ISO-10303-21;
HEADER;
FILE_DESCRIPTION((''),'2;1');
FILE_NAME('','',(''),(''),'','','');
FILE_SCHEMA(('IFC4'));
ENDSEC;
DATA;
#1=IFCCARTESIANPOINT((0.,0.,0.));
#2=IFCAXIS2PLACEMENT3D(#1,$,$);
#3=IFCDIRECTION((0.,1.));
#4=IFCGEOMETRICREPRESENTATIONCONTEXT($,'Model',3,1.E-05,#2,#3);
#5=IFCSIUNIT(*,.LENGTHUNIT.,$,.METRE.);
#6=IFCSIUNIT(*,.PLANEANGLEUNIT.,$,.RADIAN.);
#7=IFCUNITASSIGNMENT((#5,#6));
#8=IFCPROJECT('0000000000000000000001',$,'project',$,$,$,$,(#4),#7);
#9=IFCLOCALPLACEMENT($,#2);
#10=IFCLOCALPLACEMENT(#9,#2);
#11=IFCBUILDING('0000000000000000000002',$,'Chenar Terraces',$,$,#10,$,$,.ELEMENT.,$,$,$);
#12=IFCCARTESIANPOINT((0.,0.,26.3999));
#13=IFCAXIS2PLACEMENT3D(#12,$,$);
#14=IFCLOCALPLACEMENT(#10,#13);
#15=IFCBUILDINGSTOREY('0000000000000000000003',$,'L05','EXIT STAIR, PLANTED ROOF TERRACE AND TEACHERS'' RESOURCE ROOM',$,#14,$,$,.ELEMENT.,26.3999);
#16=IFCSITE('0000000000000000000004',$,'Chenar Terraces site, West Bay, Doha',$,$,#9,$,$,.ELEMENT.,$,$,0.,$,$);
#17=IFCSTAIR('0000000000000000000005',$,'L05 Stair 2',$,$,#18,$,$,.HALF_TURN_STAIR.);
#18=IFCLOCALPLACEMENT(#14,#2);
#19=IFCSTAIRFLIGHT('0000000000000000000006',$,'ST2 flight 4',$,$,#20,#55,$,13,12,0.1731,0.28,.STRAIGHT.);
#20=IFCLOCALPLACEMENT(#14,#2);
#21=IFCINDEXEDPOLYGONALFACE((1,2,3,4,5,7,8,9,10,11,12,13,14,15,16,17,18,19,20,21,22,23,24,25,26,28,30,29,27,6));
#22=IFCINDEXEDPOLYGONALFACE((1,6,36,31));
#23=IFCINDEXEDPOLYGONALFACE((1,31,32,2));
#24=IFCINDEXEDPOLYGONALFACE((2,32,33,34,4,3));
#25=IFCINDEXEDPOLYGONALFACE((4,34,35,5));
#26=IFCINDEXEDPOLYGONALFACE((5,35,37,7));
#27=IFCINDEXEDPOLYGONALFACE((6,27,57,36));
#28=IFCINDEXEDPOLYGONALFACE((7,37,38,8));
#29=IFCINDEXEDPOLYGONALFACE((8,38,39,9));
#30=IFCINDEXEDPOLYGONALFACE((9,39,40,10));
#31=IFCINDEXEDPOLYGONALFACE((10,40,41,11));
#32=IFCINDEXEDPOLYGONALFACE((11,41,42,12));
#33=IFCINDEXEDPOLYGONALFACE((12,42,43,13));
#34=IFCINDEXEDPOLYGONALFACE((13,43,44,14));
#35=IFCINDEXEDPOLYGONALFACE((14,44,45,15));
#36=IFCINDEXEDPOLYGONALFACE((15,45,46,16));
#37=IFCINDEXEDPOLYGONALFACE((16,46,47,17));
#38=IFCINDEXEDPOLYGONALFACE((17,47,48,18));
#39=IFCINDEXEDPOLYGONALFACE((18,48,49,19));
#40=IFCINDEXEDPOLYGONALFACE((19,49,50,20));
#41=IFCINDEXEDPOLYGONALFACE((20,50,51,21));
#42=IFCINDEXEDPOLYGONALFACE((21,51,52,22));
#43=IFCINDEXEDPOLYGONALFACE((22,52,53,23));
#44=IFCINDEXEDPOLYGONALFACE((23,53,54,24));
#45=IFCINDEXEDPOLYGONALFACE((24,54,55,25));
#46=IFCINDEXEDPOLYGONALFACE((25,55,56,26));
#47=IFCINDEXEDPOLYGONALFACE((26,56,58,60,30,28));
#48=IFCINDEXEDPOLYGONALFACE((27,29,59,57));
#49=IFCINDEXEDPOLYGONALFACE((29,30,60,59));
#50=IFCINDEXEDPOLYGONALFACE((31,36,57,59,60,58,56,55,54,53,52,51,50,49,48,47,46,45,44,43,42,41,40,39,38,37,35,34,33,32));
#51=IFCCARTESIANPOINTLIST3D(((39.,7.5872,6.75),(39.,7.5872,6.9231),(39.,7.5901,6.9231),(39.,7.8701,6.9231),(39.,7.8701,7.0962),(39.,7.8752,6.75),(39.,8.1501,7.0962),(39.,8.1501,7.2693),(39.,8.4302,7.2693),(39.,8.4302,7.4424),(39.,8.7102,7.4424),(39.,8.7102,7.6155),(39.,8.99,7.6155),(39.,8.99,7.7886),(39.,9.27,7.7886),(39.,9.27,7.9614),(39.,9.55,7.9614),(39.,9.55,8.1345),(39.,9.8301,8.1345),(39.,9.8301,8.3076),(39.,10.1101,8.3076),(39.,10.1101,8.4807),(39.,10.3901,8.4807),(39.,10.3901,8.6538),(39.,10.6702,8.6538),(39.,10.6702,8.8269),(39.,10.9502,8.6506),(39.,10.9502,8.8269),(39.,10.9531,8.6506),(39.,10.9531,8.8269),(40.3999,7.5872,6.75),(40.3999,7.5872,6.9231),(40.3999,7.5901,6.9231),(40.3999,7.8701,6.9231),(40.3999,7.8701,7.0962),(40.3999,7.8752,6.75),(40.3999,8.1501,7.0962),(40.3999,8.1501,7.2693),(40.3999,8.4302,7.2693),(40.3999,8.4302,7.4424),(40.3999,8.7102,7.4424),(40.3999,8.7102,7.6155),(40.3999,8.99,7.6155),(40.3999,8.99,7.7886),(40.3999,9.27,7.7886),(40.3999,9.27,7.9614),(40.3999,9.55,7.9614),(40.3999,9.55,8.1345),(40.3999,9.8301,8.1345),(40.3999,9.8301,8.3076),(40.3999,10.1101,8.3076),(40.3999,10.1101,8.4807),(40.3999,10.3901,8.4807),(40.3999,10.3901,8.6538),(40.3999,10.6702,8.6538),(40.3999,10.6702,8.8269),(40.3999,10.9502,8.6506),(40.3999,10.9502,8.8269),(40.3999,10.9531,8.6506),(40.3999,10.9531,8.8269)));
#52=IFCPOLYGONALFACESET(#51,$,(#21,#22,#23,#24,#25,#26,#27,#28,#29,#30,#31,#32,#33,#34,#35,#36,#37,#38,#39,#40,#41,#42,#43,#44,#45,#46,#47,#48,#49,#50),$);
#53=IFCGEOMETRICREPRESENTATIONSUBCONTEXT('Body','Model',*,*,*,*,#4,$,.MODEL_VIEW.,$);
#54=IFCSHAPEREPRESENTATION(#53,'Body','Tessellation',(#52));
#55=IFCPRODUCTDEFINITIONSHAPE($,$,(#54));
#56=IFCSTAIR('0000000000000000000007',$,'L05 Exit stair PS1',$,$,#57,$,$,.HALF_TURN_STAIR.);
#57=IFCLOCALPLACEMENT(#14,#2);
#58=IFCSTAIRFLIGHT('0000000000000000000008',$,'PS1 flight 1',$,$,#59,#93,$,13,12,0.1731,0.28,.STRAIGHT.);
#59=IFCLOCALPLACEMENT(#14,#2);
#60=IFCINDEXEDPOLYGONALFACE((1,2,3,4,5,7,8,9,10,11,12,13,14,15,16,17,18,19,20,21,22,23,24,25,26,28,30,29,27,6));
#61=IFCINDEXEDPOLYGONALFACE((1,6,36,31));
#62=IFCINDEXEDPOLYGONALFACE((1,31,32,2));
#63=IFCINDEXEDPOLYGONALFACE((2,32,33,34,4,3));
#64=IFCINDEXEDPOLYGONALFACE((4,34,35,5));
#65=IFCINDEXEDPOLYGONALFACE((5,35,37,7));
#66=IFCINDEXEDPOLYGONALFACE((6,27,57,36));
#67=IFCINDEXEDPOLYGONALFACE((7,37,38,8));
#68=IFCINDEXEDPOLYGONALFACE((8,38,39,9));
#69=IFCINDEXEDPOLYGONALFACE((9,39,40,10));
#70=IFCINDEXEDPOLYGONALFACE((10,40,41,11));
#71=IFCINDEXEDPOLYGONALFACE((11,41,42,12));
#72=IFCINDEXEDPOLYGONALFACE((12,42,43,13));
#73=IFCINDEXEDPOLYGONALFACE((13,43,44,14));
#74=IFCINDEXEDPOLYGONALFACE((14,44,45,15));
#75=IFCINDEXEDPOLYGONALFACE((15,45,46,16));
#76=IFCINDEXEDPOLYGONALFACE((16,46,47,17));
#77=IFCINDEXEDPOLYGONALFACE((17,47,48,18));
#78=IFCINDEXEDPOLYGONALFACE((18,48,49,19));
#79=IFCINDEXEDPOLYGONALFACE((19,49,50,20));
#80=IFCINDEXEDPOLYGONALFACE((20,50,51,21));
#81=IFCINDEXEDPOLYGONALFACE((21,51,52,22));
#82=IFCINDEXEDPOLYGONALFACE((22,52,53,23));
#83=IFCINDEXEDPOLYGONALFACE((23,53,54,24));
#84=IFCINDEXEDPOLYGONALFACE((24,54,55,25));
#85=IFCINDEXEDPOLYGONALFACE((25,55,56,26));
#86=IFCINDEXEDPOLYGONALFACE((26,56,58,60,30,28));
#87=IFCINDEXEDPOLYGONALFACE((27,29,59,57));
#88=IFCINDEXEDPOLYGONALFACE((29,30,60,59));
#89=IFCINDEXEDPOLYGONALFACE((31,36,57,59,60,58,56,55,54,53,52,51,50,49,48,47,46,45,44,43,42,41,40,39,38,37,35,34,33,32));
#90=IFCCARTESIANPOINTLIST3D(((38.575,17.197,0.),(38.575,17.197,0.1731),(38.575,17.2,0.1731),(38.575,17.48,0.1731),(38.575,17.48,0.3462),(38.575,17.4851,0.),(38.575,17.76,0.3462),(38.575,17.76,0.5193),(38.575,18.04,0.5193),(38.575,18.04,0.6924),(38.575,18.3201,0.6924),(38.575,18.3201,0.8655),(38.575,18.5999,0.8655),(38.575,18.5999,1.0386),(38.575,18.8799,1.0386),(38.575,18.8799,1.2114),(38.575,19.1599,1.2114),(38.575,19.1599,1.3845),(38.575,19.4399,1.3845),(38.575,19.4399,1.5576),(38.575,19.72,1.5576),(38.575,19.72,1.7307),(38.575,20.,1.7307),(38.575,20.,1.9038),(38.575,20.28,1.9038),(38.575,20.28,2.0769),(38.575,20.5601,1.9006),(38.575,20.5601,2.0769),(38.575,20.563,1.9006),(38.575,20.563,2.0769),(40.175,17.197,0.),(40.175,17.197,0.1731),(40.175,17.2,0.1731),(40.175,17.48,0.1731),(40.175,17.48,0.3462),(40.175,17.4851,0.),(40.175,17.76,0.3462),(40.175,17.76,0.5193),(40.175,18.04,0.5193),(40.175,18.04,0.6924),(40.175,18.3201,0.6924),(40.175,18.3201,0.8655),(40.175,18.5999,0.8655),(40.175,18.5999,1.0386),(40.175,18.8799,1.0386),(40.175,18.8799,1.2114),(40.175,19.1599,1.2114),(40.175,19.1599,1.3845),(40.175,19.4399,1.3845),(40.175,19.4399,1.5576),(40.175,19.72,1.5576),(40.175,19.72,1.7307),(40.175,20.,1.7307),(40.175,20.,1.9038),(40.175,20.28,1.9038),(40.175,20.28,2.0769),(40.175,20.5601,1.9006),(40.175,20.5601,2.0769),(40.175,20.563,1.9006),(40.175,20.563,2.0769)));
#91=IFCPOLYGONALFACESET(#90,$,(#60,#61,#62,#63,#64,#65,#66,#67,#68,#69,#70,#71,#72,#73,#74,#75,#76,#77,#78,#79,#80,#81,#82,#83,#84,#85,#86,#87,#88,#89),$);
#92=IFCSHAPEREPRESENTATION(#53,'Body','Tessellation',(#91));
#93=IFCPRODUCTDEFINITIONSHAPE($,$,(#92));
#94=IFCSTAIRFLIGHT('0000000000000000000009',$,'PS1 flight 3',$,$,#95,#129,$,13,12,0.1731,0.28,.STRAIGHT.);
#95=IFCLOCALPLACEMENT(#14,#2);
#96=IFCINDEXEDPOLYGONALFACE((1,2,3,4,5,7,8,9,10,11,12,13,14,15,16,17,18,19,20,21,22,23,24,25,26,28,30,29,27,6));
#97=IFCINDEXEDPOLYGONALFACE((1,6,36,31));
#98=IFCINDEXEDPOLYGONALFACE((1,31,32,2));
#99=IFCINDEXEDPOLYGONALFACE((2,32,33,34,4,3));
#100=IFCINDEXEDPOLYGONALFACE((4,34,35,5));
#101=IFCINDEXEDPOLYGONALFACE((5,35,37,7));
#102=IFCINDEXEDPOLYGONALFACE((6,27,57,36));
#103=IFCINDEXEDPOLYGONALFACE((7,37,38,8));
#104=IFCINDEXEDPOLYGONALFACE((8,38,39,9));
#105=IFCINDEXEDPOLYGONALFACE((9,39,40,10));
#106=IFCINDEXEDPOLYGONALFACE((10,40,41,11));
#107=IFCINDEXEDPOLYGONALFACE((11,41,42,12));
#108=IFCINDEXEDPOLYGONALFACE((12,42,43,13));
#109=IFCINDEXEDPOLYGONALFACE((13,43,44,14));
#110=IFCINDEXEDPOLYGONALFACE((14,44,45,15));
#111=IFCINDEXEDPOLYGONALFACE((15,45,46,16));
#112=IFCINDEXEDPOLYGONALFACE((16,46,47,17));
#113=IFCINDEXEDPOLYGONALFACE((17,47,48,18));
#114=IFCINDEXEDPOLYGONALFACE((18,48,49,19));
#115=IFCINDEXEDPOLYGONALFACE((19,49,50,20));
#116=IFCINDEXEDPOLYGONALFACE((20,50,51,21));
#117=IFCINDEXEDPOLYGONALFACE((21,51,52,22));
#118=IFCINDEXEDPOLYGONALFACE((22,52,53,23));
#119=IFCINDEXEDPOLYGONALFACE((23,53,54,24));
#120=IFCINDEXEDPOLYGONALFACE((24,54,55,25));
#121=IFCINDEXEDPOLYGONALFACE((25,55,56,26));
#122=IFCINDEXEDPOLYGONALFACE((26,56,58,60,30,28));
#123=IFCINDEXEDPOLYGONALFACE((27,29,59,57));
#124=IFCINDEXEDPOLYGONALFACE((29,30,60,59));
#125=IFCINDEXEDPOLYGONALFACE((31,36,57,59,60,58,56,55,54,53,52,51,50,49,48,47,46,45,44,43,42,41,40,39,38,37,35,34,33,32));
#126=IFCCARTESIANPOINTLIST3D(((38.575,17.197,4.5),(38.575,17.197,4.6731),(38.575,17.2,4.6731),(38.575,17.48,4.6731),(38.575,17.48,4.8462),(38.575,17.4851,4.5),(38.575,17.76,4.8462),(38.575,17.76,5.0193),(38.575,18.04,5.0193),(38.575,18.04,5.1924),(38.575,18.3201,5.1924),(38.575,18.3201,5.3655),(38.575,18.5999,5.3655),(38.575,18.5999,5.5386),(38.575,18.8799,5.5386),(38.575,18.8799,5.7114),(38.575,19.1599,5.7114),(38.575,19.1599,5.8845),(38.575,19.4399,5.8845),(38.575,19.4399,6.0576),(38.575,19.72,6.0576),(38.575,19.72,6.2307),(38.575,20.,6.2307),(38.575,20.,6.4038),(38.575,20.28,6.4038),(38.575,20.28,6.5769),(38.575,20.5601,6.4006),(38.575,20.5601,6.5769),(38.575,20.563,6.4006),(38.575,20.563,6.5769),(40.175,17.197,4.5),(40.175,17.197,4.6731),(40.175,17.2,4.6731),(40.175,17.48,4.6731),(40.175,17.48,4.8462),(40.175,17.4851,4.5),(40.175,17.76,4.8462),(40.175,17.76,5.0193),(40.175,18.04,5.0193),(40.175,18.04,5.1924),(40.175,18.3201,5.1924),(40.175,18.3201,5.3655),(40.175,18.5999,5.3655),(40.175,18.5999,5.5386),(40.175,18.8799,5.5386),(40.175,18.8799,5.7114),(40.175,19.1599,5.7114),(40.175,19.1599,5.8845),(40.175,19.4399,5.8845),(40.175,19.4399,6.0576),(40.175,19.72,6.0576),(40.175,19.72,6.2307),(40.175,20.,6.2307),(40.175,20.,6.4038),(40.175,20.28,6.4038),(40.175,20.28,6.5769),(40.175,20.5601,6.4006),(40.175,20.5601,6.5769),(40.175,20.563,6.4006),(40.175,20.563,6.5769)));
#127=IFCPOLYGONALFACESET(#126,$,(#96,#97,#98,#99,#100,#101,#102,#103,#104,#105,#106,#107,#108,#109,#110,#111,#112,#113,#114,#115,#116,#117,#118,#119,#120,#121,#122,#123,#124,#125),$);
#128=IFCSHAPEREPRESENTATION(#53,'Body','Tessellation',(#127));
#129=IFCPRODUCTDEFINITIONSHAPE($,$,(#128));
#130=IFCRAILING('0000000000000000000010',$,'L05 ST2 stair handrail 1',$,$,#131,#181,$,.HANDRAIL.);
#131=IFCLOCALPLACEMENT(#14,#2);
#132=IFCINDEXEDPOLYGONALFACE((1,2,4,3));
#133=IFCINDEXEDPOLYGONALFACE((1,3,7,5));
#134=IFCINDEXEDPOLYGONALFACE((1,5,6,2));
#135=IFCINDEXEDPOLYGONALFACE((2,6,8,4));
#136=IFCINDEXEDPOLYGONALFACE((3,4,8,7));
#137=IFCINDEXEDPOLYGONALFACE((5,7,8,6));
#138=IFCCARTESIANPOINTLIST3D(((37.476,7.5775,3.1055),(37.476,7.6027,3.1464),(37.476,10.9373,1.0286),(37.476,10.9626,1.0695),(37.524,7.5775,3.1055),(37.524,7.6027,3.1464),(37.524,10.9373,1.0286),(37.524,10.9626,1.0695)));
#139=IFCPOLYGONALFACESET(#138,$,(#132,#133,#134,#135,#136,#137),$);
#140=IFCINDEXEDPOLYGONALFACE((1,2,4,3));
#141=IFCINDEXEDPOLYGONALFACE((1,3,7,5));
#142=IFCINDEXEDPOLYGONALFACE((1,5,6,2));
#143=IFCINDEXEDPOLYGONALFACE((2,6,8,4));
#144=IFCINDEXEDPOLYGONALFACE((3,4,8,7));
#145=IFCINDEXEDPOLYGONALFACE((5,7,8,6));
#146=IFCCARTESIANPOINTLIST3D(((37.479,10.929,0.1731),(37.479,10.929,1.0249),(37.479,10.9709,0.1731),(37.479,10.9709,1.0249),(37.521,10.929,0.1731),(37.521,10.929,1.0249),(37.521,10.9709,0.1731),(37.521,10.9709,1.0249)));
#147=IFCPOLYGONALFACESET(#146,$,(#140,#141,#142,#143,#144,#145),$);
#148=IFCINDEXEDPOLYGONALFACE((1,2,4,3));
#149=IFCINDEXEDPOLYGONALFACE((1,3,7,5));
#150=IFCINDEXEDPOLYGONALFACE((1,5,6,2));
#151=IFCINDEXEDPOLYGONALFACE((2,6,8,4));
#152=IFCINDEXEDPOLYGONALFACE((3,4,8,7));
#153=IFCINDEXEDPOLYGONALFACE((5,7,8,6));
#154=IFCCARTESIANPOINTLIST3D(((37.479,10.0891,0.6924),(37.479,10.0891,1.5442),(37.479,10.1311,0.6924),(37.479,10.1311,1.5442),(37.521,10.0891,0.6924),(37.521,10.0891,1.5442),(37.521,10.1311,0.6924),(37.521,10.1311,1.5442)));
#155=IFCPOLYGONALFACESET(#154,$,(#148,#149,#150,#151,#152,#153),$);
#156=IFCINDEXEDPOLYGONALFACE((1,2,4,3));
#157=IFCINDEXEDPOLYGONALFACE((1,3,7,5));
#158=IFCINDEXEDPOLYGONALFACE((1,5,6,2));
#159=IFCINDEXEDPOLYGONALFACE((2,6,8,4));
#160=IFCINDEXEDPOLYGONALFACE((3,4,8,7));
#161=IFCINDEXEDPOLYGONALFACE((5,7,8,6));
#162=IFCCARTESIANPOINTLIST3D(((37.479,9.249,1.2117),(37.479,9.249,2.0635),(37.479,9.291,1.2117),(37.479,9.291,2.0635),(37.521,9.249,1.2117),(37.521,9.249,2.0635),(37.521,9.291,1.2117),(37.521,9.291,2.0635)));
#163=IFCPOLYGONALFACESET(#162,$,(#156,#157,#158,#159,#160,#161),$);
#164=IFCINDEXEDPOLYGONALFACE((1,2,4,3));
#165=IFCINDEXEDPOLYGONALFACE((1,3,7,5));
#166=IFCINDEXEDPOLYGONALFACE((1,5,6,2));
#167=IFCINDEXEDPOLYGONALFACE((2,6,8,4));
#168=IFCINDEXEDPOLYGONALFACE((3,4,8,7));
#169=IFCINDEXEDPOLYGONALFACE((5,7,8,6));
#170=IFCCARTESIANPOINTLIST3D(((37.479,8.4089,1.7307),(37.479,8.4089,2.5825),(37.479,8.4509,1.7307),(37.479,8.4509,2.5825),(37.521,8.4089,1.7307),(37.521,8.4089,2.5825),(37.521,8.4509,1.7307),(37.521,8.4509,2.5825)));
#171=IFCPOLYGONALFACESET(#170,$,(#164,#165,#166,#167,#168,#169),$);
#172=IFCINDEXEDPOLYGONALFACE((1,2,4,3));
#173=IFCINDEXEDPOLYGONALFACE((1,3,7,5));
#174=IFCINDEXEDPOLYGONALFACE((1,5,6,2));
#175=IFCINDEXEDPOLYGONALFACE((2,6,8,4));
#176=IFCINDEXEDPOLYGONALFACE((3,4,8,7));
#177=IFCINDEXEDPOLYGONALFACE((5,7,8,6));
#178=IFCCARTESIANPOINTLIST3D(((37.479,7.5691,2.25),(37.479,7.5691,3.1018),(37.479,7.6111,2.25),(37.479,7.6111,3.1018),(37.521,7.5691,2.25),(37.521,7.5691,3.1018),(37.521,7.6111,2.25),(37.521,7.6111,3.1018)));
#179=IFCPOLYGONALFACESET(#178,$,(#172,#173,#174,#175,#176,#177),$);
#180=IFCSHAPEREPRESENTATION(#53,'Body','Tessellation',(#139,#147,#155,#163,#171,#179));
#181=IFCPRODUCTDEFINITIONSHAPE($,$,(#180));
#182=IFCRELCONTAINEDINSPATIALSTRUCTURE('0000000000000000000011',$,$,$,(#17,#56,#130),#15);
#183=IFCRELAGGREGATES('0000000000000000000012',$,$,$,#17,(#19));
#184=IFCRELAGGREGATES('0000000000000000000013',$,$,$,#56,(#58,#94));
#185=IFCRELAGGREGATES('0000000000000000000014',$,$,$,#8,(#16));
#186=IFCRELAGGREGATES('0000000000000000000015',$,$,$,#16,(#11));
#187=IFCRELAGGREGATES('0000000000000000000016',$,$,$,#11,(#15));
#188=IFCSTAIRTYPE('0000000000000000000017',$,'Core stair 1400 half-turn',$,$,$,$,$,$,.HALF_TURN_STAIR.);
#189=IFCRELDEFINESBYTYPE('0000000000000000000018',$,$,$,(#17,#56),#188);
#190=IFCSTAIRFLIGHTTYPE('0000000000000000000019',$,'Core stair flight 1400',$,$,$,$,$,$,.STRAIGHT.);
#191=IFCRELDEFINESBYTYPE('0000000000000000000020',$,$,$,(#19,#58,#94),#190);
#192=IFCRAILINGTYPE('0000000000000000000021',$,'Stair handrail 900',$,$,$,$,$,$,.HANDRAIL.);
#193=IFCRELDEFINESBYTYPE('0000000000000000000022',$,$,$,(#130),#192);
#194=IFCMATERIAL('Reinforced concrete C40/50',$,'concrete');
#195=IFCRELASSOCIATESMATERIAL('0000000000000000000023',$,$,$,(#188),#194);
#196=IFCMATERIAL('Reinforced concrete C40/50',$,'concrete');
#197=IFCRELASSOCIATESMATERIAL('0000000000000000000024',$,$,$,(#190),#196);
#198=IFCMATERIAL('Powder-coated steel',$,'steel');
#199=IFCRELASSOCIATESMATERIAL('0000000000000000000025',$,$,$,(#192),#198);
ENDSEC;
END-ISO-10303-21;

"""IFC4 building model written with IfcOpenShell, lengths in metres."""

from ifc_helpers import new_model, si_unit, direction, frame, origin, origin_2d, place, context, subcontext, project, spatial, polyline, rectangle, outline, extrude, material, type_object, element, aggregate, save


model = new_model("IFC4")

# Units and contexts
model_context = context("Model", 3, precision=1e-05, world=origin(), true_north=direction((0.0, 1.0)))
body_context = subcontext(model_context, "Body", "Model", "MODEL_VIEW")
ifc_project = project(units=[si_unit("LENGTHUNIT", "METRE"), si_unit("PLANEANGLEUNIT", "RADIAN")], contexts=[model_context])

# Site, building, storey
site_placement = place(None, origin())
site = spatial("IfcSite", under=ifc_project, at=site_placement, Name="Chenar Terraces site, West Bay, Doha", CompositionType="ELEMENT", RefElevation=0.0)
building_placement = place(site_placement, origin())
building = spatial("IfcBuilding", under=site, at=building_placement, Name="Chenar Terraces", CompositionType="ELEMENT")
storey_placement = place(building_placement, frame((0.0, 0.0, 26.3999)))
storey = spatial("IfcBuildingStorey", under=building, at=storey_placement, Name="L05", Description="EXIT STAIR, PLANTED ROOF TERRACE AND TEACHERS' RESOURCE ROOM", CompositionType="ELEMENT", Elevation=26.3999)

# Stairs, stair flights
ifc_material_1 = material(Name="Reinforced concrete C40/50", Category="concrete")
stair_type = type_object("IfcStairType", Name="Core stair 1400 half-turn", PredefinedType="HALF_TURN_STAIR", material=ifc_material_1)
placement = place(storey_placement, origin())
stair_1 = element("IfcStair", 1, at=placement, inside=storey, type_object=stair_type, Name="L05 Stair 2", PredefinedType="HALF_TURN_STAIR")
ifc_material_2 = material(Name="Reinforced concrete C40/50", Category="concrete")
stair_flight_type = type_object("IfcStairFlightType", Name="Core stair flight 1400", PredefinedType="STRAIGHT", material=ifc_material_2)
stair_flight_1_placement = place(storey_placement, frame((39.7, 7.5901, 6.75), z_axis=(0.0, 0.0, 1.0), x_axis=(0.0, 1.0, 0.0)))
stair_flight_1 = element("IfcStairFlight", 2, at=stair_flight_1_placement, type_object=stair_flight_type, Name="ST2 flight 4", NumberOfRisers=13, NumberOfTreads=12, PredefinedType="STRAIGHT", RiserHeight=0.1731, TreadLength=0.28, context=body_context, shape_type="SweptSolid", body=[
    extrude(outline(polyline([(-0.0029, 0.0), (-0.0029, 0.1731), (0.0, 0.1731), (0.28, 0.1731), (0.28, 0.3462), (0.5601, 0.3462), (0.5601, 0.5193), (0.8401, 0.5193), (0.8401, 0.6924), (1.1201, 0.6924), (1.1201, 0.8655), (1.3999, 0.8655), (1.3999, 1.0386), (1.6799, 1.0386), (1.6799, 1.2114), (1.96, 1.2114), (1.96, 1.3845), (2.24, 1.3845), (2.24, 1.5576), (2.52, 1.5576), (2.52, 1.7307), (2.8, 1.7307), (2.8, 1.9038), (3.0801, 1.9038), (3.0801, 2.0769), (3.3601, 2.0769), (3.363, 2.0769), (3.363, 1.9006), (3.3601, 1.9006), (0.2852, 0.0), (-0.0029, 0.0)])), frame((0.0, 0.7, 0.0), z_axis=(0.0, -1.0, 0.0), x_axis=(1.0, 0.0, 0.0)), (0.0, 0.0, 1.0), 1.3999),
])
aggregate(stair_1, [stair_flight_1])
stair_2 = element("IfcStair", 3, at=placement, inside=storey, type_object=stair_type, Name="L05 Exit stair PS1", PredefinedType="HALF_TURN_STAIR")
stair_flight_2_placement = place(storey_placement, frame((39.375, 17.2, 0.0), z_axis=(0.0, 0.0, 1.0), x_axis=(0.0, 1.0, 0.0)))
stair_flight_2 = element("IfcStairFlight", 4, at=stair_flight_2_placement, type_object=stair_flight_type, Name="PS1 flight 1", NumberOfRisers=13, NumberOfTreads=12, PredefinedType="STRAIGHT", RiserHeight=0.1731, TreadLength=0.28, context=body_context, shape_type="SweptSolid", body=[
    extrude(outline(polyline([(-0.0029, 0.0), (-0.0029, 0.1731), (0.0, 0.1731), (0.28, 0.1731), (0.28, 0.3462), (0.5601, 0.3462), (0.5601, 0.5193), (0.8401, 0.5193), (0.8401, 0.6924), (1.1201, 0.6924), (1.1201, 0.8655), (1.3999, 0.8655), (1.3999, 1.0386), (1.6799, 1.0386), (1.6799, 1.2114), (1.96, 1.2114), (1.96, 1.3845), (2.24, 1.3845), (2.24, 1.5576), (2.52, 1.5576), (2.52, 1.7307), (2.8, 1.7307), (2.8, 1.9038), (3.0801, 1.9038), (3.0801, 2.0769), (3.3601, 2.0769), (3.363, 2.0769), (3.363, 1.9006), (3.3601, 1.9006), (0.2852, 0.0), (-0.0029, 0.0)])), frame((0.0, 0.8, 0.0), z_axis=(0.0, -1.0, 0.0), x_axis=(1.0, 0.0, 0.0)), (0.0, 0.0, 1.0), 1.6001),
])
stair_flight_3_placement = place(storey_placement, frame((39.375, 17.2, 4.5), z_axis=(0.0, 0.0, 1.0), x_axis=(0.0, 1.0, 0.0)))
stair_flight_3 = element("IfcStairFlight", 5, at=stair_flight_3_placement, type_object=stair_flight_type, Name="PS1 flight 3", NumberOfRisers=13, NumberOfTreads=12, PredefinedType="STRAIGHT", RiserHeight=0.1731, TreadLength=0.28, context=body_context, shape_type="SweptSolid", body=[
    extrude(outline(polyline([(-0.0029, 0.0), (-0.0029, 0.1731), (0.0, 0.1731), (0.28, 0.1731), (0.28, 0.3462), (0.5601, 0.3462), (0.5601, 0.5193), (0.8401, 0.5193), (0.8401, 0.6924), (1.1201, 0.6924), (1.1201, 0.8655), (1.3999, 0.8655), (1.3999, 1.0386), (1.6799, 1.0386), (1.6799, 1.2114), (1.96, 1.2114), (1.96, 1.3845), (2.24, 1.3845), (2.24, 1.5576), (2.52, 1.5576), (2.52, 1.7307), (2.8, 1.7307), (2.8, 1.9038), (3.0801, 1.9038), (3.0801, 2.0769), (3.3601, 2.0769), (3.363, 2.0769), (3.363, 1.9006), (3.3601, 1.9006), (0.2852, 0.0), (-0.0029, 0.0)])), frame((0.0, 0.8, 0.0), z_axis=(0.0, -1.0, 0.0), x_axis=(1.0, 0.0, 0.0)), (0.0, 0.0, 1.0), 1.6001),
])
aggregate(stair_2, [stair_flight_2, stair_flight_3])

# Railing
ifc_material_3 = material(Name="Powder-coated steel", Category="steel")
railing_type_1 = type_object("IfcRailingType", Name="Stair handrail 900", PredefinedType="HANDRAIL", material=ifc_material_3)
for number, where, name in (
    (6, (37.5, 10.95, 0.1731), "L05 ST2 stair handrail 1"),
):
    element("IfcRailing", number, at=place(storey_placement, frame(where)), inside=storey, type_object=railing_type_1, Name=name, PredefinedType="HANDRAIL", context=body_context, shape_type="SweptSolid", body=[
        extrude(rectangle(XDim=0.0481, YDim=0.0481, at=origin_2d()), frame((0.0, 0.0, 0.876), z_axis=(0.0, -0.850606, 0.525803), x_axis=(1.0, 0.0, 0.0)), (0.0, 0.0, 1.0), 3.95),
        extrude(rectangle(XDim=0.042, YDim=0.042, at=origin_2d()), origin(), (0.0, 0.0, 1.0), 0.8518),
        extrude(rectangle(XDim=0.042, YDim=0.042, at=origin_2d()), frame((0.0, -0.8398, 0.5193)), (0.0, 0.0, 1.0), 0.8518),
        extrude(rectangle(XDim=0.042, YDim=0.042, at=origin_2d()), frame((0.0, -1.6799, 1.0386)), (0.0, 0.0, 1.0), 0.8518),
        extrude(rectangle(XDim=0.042, YDim=0.042, at=origin_2d()), frame((0.0, -2.52, 1.5576)), (0.0, 0.0, 1.0), 0.8518),
        extrude(rectangle(XDim=0.042, YDim=0.042, at=origin_2d()), frame((0.0, -3.3599, 2.0769)), (0.0, 0.0, 1.0), 0.8518),
    ])

save(model, "model.ifc")
